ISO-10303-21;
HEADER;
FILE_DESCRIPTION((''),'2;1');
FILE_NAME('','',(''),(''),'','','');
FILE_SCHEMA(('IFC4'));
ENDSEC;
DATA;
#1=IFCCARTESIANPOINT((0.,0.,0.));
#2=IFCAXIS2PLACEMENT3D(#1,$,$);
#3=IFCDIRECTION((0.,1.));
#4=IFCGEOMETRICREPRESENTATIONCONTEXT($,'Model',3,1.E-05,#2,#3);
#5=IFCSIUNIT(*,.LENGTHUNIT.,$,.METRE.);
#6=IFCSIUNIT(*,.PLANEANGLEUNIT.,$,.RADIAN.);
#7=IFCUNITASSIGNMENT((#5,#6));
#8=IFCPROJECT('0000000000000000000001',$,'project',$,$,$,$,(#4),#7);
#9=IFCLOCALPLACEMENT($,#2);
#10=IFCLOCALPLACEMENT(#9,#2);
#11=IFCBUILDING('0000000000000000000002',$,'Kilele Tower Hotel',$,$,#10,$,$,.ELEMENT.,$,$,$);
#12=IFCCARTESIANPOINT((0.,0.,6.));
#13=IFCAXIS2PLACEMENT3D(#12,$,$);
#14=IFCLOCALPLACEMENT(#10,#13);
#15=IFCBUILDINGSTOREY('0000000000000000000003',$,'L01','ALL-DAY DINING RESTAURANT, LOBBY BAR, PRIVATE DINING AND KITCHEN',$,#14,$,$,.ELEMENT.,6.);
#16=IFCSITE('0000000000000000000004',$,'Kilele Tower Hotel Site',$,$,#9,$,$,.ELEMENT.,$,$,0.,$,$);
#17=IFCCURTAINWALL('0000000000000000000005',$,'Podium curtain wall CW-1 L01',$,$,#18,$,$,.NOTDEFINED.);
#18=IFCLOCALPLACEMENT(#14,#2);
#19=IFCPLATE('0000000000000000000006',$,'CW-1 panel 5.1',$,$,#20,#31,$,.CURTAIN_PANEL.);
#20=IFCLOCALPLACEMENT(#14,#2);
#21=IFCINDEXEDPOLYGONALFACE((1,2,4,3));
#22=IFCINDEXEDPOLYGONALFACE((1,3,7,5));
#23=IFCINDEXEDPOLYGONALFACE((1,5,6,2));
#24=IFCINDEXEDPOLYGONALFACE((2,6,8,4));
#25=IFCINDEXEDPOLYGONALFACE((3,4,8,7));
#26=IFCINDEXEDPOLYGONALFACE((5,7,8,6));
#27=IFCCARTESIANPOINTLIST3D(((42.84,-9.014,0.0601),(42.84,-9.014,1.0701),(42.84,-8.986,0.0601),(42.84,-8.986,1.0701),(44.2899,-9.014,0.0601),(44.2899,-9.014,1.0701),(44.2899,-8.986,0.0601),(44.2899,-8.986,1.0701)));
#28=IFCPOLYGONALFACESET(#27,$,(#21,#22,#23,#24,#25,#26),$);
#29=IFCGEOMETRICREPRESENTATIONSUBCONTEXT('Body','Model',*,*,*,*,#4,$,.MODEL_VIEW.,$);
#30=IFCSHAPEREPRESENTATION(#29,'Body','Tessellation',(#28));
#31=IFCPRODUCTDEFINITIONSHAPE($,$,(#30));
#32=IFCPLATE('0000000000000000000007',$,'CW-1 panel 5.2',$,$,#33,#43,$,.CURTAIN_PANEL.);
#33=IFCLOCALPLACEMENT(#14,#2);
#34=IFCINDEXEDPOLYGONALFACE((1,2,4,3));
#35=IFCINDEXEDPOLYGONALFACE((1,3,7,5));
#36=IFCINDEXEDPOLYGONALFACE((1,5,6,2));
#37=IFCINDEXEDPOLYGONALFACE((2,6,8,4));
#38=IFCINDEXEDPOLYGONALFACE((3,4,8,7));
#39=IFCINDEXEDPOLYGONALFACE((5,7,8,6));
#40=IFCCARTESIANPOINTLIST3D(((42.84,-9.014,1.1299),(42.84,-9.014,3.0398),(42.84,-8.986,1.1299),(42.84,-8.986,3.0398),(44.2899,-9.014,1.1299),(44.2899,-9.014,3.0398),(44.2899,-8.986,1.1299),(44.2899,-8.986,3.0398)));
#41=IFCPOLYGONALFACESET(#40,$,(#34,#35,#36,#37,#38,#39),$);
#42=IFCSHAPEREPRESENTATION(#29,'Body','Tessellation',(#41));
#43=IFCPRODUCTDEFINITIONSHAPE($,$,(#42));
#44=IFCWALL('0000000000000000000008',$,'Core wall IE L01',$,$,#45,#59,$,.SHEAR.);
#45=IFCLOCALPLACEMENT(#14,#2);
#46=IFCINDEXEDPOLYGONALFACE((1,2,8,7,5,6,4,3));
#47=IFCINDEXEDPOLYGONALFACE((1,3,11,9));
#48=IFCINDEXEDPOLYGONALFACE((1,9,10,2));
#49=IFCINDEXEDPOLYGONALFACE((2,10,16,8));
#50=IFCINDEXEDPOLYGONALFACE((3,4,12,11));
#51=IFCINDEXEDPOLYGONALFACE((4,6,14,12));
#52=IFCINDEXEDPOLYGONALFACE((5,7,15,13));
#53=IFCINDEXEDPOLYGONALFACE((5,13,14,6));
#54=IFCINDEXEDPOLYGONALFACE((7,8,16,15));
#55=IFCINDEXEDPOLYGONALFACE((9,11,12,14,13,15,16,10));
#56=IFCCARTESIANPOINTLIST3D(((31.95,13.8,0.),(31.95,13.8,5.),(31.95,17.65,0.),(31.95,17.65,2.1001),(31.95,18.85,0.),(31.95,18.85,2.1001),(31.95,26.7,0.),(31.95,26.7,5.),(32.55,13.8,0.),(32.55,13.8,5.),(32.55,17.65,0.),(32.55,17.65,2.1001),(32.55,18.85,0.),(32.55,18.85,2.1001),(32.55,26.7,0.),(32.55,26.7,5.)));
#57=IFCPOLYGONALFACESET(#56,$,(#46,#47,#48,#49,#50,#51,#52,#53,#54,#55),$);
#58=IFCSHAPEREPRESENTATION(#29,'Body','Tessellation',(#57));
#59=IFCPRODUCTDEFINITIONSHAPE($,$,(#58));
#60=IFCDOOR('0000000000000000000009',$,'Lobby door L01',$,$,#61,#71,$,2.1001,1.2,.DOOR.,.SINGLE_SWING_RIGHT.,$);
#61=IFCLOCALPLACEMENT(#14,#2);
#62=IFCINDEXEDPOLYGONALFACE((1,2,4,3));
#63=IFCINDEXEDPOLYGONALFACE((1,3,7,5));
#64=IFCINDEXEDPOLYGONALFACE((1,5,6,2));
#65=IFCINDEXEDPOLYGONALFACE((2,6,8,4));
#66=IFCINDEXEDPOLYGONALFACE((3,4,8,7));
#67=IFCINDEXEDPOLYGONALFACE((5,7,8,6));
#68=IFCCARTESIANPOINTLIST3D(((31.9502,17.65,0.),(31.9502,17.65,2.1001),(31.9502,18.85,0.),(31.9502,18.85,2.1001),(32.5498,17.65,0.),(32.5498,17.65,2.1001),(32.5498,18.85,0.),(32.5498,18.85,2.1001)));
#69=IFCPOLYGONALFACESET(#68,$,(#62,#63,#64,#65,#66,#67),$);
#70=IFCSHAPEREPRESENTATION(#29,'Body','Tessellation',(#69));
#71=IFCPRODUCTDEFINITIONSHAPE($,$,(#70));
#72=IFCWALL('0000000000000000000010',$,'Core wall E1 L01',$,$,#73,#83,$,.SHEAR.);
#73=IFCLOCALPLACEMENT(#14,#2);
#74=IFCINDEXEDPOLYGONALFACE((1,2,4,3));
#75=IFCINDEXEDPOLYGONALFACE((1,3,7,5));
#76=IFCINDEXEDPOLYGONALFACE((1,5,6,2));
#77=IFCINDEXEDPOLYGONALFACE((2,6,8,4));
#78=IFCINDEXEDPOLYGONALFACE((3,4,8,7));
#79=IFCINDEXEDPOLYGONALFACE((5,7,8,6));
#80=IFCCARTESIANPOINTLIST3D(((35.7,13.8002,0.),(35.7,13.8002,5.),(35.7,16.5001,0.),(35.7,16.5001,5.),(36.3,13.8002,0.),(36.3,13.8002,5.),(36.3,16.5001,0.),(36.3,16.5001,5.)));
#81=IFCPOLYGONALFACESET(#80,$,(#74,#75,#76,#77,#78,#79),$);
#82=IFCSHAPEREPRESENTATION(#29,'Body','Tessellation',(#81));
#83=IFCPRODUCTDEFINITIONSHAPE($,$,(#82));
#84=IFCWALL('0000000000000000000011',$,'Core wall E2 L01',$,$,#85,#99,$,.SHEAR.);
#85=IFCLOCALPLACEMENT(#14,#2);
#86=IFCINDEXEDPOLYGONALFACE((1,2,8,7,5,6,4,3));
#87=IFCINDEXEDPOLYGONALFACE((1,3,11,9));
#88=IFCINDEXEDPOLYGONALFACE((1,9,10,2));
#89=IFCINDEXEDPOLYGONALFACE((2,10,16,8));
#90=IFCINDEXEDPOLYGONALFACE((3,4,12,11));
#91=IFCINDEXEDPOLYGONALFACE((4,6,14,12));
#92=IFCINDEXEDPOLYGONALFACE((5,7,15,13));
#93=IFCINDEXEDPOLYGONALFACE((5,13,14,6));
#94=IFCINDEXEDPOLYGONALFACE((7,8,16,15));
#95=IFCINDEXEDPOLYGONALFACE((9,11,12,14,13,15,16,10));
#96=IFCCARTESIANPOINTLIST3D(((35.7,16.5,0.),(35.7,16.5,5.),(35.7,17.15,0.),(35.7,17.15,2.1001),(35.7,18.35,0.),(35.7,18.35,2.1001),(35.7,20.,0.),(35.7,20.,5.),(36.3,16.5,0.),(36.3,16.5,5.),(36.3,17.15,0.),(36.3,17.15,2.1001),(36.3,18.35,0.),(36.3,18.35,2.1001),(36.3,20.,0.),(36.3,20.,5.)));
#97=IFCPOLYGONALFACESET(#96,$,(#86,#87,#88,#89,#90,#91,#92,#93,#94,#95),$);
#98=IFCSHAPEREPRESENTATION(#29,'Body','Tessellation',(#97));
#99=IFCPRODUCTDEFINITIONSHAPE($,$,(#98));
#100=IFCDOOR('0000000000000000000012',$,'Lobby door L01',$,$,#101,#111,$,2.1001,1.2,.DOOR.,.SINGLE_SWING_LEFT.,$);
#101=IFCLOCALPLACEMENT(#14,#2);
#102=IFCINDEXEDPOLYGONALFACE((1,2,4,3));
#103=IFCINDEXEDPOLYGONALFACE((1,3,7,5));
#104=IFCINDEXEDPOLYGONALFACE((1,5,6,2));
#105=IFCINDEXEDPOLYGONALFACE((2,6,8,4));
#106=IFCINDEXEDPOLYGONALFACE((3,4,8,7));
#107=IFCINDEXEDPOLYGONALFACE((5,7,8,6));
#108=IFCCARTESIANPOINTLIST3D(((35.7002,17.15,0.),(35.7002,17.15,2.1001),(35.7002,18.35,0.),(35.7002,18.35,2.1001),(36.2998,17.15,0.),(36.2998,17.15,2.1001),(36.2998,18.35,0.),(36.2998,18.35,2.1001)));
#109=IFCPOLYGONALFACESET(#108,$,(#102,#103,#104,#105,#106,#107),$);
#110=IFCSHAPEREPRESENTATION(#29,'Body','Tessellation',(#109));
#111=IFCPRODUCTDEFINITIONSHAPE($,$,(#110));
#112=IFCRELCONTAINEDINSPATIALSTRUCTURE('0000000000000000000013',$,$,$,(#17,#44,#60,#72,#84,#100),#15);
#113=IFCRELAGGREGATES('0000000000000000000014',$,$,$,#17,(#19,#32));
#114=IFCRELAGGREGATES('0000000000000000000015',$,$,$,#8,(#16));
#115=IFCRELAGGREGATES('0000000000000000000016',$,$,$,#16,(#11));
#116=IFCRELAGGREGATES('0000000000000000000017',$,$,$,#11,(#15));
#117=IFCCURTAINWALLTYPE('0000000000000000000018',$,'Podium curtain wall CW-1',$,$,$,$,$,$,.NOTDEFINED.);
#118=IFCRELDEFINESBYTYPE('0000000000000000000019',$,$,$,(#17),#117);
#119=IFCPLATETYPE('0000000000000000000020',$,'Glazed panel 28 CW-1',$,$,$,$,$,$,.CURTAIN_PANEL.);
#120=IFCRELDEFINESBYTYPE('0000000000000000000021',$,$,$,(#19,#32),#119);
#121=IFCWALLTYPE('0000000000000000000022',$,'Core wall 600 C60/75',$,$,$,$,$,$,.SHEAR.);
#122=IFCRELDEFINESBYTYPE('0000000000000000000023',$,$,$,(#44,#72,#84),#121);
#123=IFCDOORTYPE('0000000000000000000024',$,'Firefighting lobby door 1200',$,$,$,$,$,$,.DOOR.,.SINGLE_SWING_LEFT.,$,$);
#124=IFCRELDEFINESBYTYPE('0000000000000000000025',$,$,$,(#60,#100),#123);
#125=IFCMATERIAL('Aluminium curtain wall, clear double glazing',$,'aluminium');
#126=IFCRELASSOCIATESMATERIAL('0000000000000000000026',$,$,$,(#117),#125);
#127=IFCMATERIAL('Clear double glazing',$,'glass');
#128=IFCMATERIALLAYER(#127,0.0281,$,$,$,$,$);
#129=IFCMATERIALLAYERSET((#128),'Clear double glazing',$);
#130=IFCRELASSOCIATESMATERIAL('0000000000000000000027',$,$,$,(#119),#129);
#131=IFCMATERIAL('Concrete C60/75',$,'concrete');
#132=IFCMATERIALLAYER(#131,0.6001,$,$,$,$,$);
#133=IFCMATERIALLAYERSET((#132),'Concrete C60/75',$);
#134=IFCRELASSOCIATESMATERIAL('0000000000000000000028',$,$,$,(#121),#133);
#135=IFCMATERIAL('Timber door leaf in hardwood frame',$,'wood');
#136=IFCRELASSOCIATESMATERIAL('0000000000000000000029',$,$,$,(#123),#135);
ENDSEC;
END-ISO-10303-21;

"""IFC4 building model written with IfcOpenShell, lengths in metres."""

from ifc_helpers import new_model, si_unit, direction, frame, frame_2d, origin, origin_2d, place, context, subcontext, project, spatial, rectangle, extrude, material, layer, layer_set, type_object, element, fill, aggregate, save


model = new_model("IFC4")

# Units and contexts
model_context = context("Model", 3, precision=1e-05, world=origin(), true_north=direction((0.0, 1.0)))
body_context = subcontext(model_context, "Body", "Model", "MODEL_VIEW")
ifc_project = project(units=[si_unit("LENGTHUNIT", "METRE"), si_unit("PLANEANGLEUNIT", "RADIAN")], contexts=[model_context])

# Site, building, storey
site_placement = place(None, origin())
site = spatial("IfcSite", under=ifc_project, at=site_placement, Name="Kilele Tower Hotel Site", CompositionType="ELEMENT", RefElevation=0.0)
building_placement = place(site_placement, origin())
building = spatial("IfcBuilding", under=site, at=building_placement, Name="Kilele Tower Hotel", CompositionType="ELEMENT")
storey_placement = place(building_placement, frame((0.0, 0.0, 6.0)))
storey = spatial("IfcBuildingStorey", under=building, at=storey_placement, Name="L01", Description="ALL-DAY DINING RESTAURANT, LOBBY BAR, PRIVATE DINING AND KITCHEN", CompositionType="ELEMENT", Elevation=6.0)

# Curtain wall
ifc_material_1 = material(Name="Aluminium curtain wall, clear double glazing", Category="aluminium")
curtain_wall_type = type_object("IfcCurtainWallType", Name="Podium curtain wall CW-1", PredefinedType="NOTDEFINED", material=ifc_material_1)
curtain_wall_placement = place(storey_placement, origin())
curtain_wall = element("IfcCurtainWall", 1, at=curtain_wall_placement, inside=storey, type_object=curtain_wall_type, Name="Podium curtain wall CW-1 L01", PredefinedType="NOTDEFINED")

# Plates
ifc_material_2 = material(Name="Clear double glazing", Category="glass")
ifc_layer_1 = layer(ifc_material_2, 0.0281)
ifc_layer_set_1 = layer_set([ifc_layer_1], Name="Clear double glazing")
plate_type = type_object("IfcPlateType", Name="Glazed panel 28 CW-1", PredefinedType="CURTAIN_PANEL", material=ifc_layer_set_1)
plate_1_placement = place(storey_placement, frame((43.5649, -9.0, 0.0601), z_axis=(0.0, 0.0, 1.0), x_axis=(1.0, 0.0, 0.0)))
plate_1 = element("IfcPlate", 2, at=plate_1_placement, type_object=plate_type, Name="CW-1 panel 5.1", PredefinedType="CURTAIN_PANEL", context=body_context, shape_type="SweptSolid", body=[
    extrude(rectangle(XDim=1.45, YDim=0.0281, at=origin_2d()), origin(), (0.0, 0.0, 1.0), 1.01),
])
plate_2_placement = place(storey_placement, frame((43.5649, -9.0, 1.1299), z_axis=(0.0, 0.0, 1.0), x_axis=(1.0, 0.0, 0.0)))
plate_2 = element("IfcPlate", 3, at=plate_2_placement, type_object=plate_type, Name="CW-1 panel 5.2", PredefinedType="CURTAIN_PANEL", context=body_context, shape_type="SweptSolid", body=[
    extrude(rectangle(XDim=1.45, YDim=0.0281, at=origin_2d()), origin(), (0.0, 0.0, 1.0), 1.9099),
])
aggregate(curtain_wall, [plate_1, plate_2])

# Wall, opening, door
ifc_material_3 = material(Name="Concrete C60/75", Category="concrete")
ifc_layer_2 = layer(ifc_material_3, 0.6001)
ifc_layer_set_2 = layer_set([ifc_layer_2], Name="Concrete C60/75")
wall_type = type_object("IfcWallType", Name="Core wall 600 C60/75", PredefinedType="SHEAR", material=ifc_layer_set_2)
wall_1_placement = place(storey_placement, frame((32.25, 13.8, 0.0), z_axis=(0.0, 0.0, 1.0), x_axis=(0.0, 1.0, 0.0)))
wall_1 = element("IfcWall", 4, at=wall_1_placement, inside=storey, type_object=wall_type, Name="Core wall IE L01", PredefinedType="SHEAR", context=body_context, shape_type="SweptSolid", body=[
    extrude(rectangle(XDim=12.8999, YDim=0.6001, at=frame_2d((6.45, 0.0))), origin(), (0.0, 0.0, 1.0), 5.0),
])
opening_1_placement = place(wall_1_placement, frame((5.05, 0.0, 0.0), z_axis=(0.0, 0.0, 1.0), x_axis=(-1.0, 0.0, 0.0)))
opening_1 = element("IfcOpeningElement", 5, at=opening_1_placement, cuts=wall_1, PredefinedType="OPENING", context=body_context, shape_type="SweptSolid", body=[
    extrude(rectangle(XDim=1.2, YDim=2.1001, at=frame_2d((0.6001, 1.05))), frame((0.0, 0.3101, 0.0), z_axis=(0.0, -1.0, 0.0), x_axis=(1.0, 0.0, 0.0)), (0.0, 0.0, 1.0), 0.6201),
])
ifc_material_4 = material(Name="Timber door leaf in hardwood frame", Category="wood")
door_type = type_object("IfcDoorType", Name="Firefighting lobby door 1200", OperationType="SINGLE_SWING_LEFT", PredefinedType="DOOR", material=ifc_material_4)
door_1_placement = place(opening_1_placement, origin())
door_1 = element("IfcDoor", 6, at=door_1_placement, inside=storey, type_object=door_type, Name="Lobby door L01", OperationType="SINGLE_SWING_RIGHT", OverallHeight=2.1001, OverallWidth=1.2, PredefinedType="DOOR", context=body_context, shape_type="SweptSolid", body=[
    extrude(rectangle(XDim=1.2, YDim=2.1001, at=frame_2d((0.6001, 1.05))), frame((0.0, 0.2998, 0.0), z_axis=(0.0, -1.0, 0.0), x_axis=(1.0, 0.0, 0.0)), (0.0, 0.0, 1.0), 0.5996),
])
fill(opening_1, door_1)

# Wall
wall_2_placement = place(storey_placement, frame((36.0, 13.8, 0.0), z_axis=(0.0, 0.0, 1.0), x_axis=(0.0, 1.0, 0.0)))
element("IfcWall", 7, at=wall_2_placement, inside=storey, type_object=wall_type, Name="Core wall E1 L01", PredefinedType="SHEAR", context=body_context, shape_type="SweptSolid", body=[
    extrude(rectangle(XDim=2.7, YDim=0.6001, at=frame_2d((1.3501, 0.0))), origin(), (0.0, 0.0, 1.0), 5.0),
])

# Wall, opening, door
wall_3_placement = place(storey_placement, frame((36.0, 16.5, 0.0), z_axis=(0.0, 0.0, 1.0), x_axis=(0.0, 1.0, 0.0)))
wall_3 = element("IfcWall", 8, at=wall_3_placement, inside=storey, type_object=wall_type, Name="Core wall E2 L01", PredefinedType="SHEAR", context=body_context, shape_type="SweptSolid", body=[
    extrude(rectangle(XDim=3.5, YDim=0.6001, at=frame_2d((1.75, 0.0))), origin(), (0.0, 0.0, 1.0), 5.0),
])
opening_2_placement = place(wall_3_placement, frame((0.6499, 0.0, 0.0)))
opening_2 = element("IfcOpeningElement", 9, at=opening_2_placement, cuts=wall_3, PredefinedType="OPENING", context=body_context, shape_type="SweptSolid", body=[
    extrude(rectangle(XDim=1.2, YDim=2.1001, at=frame_2d((0.6001, 1.05))), frame((0.0, 0.3101, 0.0), z_axis=(0.0, -1.0, 0.0), x_axis=(1.0, 0.0, 0.0)), (0.0, 0.0, 1.0), 0.6201),
])
door_2_placement = place(opening_2_placement, origin())
door_2 = element("IfcDoor", 10, at=door_2_placement, inside=storey, type_object=door_type, Name="Lobby door L01", OperationType="SINGLE_SWING_LEFT", OverallHeight=2.1001, OverallWidth=1.2, PredefinedType="DOOR", context=body_context, shape_type="SweptSolid", body=[
    extrude(rectangle(XDim=1.2, YDim=2.1001, at=frame_2d((0.6001, 1.05))), frame((0.0, 0.2998, 0.0), z_axis=(0.0, -1.0, 0.0), x_axis=(1.0, 0.0, 0.0)), (0.0, 0.0, 1.0), 0.5996),
])
fill(opening_2, door_2)

save(model, "model.ifc")
